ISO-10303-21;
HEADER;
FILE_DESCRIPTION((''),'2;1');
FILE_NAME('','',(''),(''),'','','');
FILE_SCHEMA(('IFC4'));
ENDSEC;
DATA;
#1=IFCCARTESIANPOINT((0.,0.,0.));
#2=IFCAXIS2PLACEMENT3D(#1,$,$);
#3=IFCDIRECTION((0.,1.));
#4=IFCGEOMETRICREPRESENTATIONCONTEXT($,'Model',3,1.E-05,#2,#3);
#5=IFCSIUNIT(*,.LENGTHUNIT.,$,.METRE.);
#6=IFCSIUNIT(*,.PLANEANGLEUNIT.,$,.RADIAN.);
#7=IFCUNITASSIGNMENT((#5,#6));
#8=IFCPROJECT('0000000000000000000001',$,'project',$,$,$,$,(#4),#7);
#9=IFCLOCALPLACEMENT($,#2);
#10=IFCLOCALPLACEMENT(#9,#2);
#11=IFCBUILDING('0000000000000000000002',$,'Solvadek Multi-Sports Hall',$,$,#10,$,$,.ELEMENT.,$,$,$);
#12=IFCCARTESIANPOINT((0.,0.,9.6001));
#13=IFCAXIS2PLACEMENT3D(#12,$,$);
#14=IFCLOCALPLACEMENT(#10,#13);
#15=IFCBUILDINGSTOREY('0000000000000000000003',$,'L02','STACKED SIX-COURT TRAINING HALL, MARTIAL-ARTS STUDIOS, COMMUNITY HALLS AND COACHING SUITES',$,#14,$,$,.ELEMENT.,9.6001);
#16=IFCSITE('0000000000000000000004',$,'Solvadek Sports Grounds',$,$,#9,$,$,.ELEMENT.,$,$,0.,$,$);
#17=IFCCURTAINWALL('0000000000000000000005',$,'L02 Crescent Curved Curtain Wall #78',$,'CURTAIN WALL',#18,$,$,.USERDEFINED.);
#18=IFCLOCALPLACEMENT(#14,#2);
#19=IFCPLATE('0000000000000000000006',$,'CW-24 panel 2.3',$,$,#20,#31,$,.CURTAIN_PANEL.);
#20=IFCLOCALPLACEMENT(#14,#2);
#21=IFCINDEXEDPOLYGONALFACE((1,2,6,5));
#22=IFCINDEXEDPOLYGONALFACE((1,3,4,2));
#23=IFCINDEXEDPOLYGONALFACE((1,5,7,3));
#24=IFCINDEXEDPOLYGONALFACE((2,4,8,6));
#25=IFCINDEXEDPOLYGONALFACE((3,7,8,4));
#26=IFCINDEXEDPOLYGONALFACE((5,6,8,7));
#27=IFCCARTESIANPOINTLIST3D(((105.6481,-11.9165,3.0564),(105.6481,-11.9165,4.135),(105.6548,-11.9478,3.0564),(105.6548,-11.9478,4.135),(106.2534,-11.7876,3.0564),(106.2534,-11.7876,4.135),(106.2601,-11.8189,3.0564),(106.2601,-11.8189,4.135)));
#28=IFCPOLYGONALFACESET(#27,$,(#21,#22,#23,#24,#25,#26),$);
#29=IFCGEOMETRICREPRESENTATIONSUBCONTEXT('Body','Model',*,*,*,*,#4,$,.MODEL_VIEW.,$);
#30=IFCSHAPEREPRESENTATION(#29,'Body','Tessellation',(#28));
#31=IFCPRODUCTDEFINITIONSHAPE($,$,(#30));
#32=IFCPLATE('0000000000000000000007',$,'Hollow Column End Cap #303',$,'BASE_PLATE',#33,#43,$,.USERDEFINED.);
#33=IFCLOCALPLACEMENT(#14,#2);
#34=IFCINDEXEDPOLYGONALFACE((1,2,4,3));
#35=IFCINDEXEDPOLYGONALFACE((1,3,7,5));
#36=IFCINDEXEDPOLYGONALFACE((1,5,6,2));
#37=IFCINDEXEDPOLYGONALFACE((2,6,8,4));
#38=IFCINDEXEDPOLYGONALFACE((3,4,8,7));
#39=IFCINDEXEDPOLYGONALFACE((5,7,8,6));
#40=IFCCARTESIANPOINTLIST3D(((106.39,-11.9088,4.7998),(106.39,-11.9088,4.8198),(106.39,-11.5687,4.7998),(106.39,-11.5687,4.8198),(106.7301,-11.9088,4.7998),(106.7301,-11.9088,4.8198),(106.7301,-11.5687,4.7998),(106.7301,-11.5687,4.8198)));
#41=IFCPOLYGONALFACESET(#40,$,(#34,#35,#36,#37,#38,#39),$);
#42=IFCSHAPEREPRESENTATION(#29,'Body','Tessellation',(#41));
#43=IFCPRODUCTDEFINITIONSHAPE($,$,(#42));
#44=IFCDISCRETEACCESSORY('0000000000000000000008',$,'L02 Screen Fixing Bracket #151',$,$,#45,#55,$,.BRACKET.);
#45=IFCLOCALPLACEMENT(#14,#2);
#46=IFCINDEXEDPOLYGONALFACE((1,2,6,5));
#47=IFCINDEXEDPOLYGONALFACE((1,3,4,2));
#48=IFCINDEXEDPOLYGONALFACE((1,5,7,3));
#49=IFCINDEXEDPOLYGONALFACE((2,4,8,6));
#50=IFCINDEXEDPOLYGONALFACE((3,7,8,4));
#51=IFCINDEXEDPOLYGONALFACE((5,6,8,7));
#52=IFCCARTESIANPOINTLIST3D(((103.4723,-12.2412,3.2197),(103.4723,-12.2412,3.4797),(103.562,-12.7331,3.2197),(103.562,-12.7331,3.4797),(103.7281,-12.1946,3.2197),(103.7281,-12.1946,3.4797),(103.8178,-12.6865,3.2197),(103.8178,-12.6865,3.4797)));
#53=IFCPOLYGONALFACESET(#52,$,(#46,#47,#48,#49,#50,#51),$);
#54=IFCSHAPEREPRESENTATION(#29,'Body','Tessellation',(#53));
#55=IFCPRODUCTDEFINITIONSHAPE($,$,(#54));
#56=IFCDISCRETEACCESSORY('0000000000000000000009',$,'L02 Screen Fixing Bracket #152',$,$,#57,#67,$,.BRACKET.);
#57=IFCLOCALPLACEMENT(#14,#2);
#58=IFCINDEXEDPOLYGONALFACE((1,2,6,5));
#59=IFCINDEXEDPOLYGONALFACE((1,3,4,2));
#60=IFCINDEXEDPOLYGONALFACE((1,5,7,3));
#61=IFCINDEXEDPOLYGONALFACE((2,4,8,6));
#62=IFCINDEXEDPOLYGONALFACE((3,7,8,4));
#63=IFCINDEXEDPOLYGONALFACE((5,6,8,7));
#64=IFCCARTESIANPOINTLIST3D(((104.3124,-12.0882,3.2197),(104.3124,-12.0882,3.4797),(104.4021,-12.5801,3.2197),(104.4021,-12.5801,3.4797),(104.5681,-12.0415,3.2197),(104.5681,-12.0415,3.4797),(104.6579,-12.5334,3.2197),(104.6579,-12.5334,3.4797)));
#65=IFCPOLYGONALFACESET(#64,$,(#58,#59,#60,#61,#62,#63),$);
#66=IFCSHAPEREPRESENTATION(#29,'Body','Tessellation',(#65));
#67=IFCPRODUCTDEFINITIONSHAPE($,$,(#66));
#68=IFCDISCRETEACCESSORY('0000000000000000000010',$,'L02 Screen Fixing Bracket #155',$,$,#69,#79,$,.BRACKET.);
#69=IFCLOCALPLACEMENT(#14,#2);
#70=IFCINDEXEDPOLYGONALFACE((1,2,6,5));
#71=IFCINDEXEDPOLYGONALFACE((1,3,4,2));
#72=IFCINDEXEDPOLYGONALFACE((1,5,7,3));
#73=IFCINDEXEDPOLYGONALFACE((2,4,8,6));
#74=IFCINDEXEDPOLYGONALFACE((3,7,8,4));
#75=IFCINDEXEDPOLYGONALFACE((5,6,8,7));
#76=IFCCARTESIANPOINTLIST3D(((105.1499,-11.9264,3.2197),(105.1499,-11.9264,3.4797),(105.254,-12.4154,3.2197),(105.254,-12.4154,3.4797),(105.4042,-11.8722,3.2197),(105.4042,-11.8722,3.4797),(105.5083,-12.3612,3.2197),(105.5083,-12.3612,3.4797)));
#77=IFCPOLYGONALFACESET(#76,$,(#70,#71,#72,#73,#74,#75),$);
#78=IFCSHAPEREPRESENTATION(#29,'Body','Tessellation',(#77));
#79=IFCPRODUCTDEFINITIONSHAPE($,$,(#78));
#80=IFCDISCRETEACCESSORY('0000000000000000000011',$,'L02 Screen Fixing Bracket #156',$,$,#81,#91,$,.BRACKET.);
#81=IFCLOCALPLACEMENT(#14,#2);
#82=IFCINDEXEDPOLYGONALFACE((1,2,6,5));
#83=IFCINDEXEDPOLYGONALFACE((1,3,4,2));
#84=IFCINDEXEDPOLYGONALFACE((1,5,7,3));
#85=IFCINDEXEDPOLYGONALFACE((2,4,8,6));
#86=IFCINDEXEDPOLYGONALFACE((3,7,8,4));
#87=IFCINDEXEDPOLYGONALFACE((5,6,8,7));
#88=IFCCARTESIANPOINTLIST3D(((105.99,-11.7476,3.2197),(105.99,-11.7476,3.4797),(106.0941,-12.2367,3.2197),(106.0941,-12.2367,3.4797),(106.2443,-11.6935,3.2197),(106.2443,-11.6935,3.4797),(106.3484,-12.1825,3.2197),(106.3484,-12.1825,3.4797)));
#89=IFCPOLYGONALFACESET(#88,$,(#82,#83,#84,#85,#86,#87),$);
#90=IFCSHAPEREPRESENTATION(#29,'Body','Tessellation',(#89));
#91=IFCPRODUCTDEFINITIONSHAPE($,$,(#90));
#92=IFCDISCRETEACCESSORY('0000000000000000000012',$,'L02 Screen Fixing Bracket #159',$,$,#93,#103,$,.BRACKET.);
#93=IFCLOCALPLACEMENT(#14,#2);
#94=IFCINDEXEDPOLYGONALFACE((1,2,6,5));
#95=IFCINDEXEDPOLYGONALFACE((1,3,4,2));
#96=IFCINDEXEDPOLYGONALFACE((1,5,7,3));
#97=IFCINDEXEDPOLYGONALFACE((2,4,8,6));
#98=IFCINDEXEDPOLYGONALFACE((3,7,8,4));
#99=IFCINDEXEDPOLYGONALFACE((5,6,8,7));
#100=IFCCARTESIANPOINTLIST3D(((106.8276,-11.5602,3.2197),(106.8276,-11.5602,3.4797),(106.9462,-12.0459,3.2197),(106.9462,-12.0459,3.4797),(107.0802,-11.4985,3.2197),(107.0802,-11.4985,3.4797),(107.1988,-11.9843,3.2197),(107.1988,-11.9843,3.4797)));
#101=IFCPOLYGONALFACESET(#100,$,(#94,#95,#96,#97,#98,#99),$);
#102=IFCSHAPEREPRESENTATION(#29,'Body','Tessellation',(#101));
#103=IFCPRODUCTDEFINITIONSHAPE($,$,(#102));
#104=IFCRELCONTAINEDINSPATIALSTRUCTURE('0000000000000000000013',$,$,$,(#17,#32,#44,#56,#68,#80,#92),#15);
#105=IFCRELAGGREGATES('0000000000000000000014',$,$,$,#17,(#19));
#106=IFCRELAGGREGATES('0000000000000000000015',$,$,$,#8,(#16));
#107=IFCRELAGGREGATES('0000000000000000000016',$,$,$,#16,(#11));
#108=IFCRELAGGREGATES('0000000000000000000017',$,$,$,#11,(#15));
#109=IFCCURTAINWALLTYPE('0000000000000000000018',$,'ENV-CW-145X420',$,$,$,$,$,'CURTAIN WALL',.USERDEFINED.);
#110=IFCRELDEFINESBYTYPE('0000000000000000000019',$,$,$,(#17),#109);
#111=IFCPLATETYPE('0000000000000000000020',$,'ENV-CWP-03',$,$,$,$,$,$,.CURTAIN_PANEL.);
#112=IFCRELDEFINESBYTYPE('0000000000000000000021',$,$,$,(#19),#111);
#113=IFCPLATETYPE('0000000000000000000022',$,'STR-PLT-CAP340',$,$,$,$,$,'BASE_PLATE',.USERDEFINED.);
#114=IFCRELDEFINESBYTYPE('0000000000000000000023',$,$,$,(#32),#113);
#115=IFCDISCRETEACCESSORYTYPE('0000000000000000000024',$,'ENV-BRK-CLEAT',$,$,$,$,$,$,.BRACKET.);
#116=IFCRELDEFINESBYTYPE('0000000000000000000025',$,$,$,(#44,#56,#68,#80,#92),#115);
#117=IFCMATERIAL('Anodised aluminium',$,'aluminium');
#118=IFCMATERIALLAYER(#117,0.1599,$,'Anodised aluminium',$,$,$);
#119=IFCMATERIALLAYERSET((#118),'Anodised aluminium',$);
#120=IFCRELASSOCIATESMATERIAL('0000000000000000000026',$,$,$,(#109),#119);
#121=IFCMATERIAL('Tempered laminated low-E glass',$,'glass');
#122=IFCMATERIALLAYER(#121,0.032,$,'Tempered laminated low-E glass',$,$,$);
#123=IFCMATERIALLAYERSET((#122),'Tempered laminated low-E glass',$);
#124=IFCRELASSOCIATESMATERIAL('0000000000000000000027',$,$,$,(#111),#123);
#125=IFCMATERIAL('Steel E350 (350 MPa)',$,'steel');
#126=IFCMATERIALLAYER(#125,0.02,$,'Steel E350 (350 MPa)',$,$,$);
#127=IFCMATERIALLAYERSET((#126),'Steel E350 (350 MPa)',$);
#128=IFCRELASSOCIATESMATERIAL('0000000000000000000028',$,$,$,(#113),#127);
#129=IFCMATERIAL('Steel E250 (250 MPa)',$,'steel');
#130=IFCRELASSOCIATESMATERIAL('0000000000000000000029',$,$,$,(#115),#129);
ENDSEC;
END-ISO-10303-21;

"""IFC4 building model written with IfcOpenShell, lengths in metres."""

from ifc_helpers import new_model, si_unit, direction, frame, origin, origin_2d, place, context, subcontext, project, spatial, rectangle, extrude, material, layer, layer_set, type_object, element, aggregate, save


model = new_model("IFC4")

# Units and contexts
model_context = context("Model", 3, precision=1e-05, world=origin(), true_north=direction((0.0, 1.0)))
body_context = subcontext(model_context, "Body", "Model", "MODEL_VIEW")
ifc_project = project(units=[si_unit("LENGTHUNIT", "METRE"), si_unit("PLANEANGLEUNIT", "RADIAN")], contexts=[model_context])

# Site, building, storey
site_placement = place(None, origin())
site = spatial("IfcSite", under=ifc_project, at=site_placement, Name="Solvadek Sports Grounds", CompositionType="ELEMENT", RefElevation=0.0)
building_placement = place(site_placement, origin())
building = spatial("IfcBuilding", under=site, at=building_placement, Name="Solvadek Multi-Sports Hall", CompositionType="ELEMENT")
storey_placement = place(building_placement, frame((0.0, 0.0, 9.6001)))
storey = spatial("IfcBuildingStorey", under=building, at=storey_placement, Name="L02", Description="STACKED SIX-COURT TRAINING HALL, MARTIAL-ARTS STUDIOS, COMMUNITY HALLS AND COACHING SUITES", CompositionType="ELEMENT", Elevation=9.6001)

# Curtain wall
ifc_material_1 = material(Name="Anodised aluminium", Category="aluminium")
ifc_layer_1 = layer(ifc_material_1, 0.1599, Name="Anodised aluminium")
ifc_layer_set_1 = layer_set([ifc_layer_1], Name="Anodised aluminium")
curtain_wall_type_1 = type_object("IfcCurtainWallType", Name="ENV-CW-145X420", ElementType="CURTAIN WALL", PredefinedType="USERDEFINED", material=ifc_layer_set_1)
curtain_wall_1_placement = place(storey_placement, origin())
curtain_wall_1 = element("IfcCurtainWall", 1, at=curtain_wall_1_placement, inside=storey, type_object=curtain_wall_type_1, Name="L02 Crescent Curved Curtain Wall #78", ObjectType="CURTAIN WALL", PredefinedType="USERDEFINED")

# Shared definitions
ifc_material_2 = material(Name="Steel E350 (350 MPa)", Category="steel")

# Shared definitions
ifc_material_3 = material(Name="Tempered laminated low-E glass", Category="glass")

# Plates
ifc_layer_2 = layer(ifc_material_3, 0.032, Name="Tempered laminated low-E glass")
ifc_layer_set_2 = layer_set([ifc_layer_2], Name="Tempered laminated low-E glass")
plate_type_1 = type_object("IfcPlateType", Name="ENV-CWP-03", PredefinedType="CURTAIN_PANEL", material=ifc_layer_set_2)
plate_1_placement = place(storey_placement, frame((105.9541, -11.8677, 3.0564), z_axis=(0.0, 0.0, 1.0), x_axis=(0.978075, 0.208255, 0.0)))
plate_1 = element("IfcPlate", 2, at=plate_1_placement, type_object=plate_type_1, Name="CW-24 panel 2.3", PredefinedType="CURTAIN_PANEL", context=body_context, shape_type="SweptSolid", body=[
    extrude(rectangle(XDim=0.6189, YDim=0.032, at=origin_2d()), origin(), (0.0, 0.0, 1.0), 1.0786),
])
aggregate(curtain_wall_1, [plate_1])
ifc_layer_3 = layer(ifc_material_2, 0.02, Name="Steel E350 (350 MPa)")
ifc_layer_set_3 = layer_set([ifc_layer_3], Name="Steel E350 (350 MPa)")
plate_type_2 = type_object("IfcPlateType", Name="STR-PLT-CAP340", ElementType="BASE_PLATE", PredefinedType="USERDEFINED", material=ifc_layer_set_3)
plate_2_placement = place(storey_placement, frame((106.5601, -11.7388, 4.7998), z_axis=(0.0, 0.0, 1.0), x_axis=(1.0, 0.0, 0.0)))
element("IfcPlate", 3, at=plate_2_placement, inside=storey, type_object=plate_type_2, Name="Hollow Column End Cap #303", ObjectType="BASE_PLATE", PredefinedType="USERDEFINED", context=body_context, shape_type="SweptSolid", body=[
    extrude(rectangle(XDim=0.3401, YDim=0.3401, at=origin_2d()), origin(), (0.0, 0.0, 1.0), 0.02),
])

# Discrete accessories
ifc_material_4 = material(Name="Steel E250 (250 MPa)", Category="steel")
discrete_accessory_type = type_object("IfcDiscreteAccessoryType", Name="ENV-BRK-CLEAT", PredefinedType="BRACKET", material=ifc_material_4)
for number, where, z_axis, x_axis, name in (
    (4, (103.645, -12.4639, 3.2197), (0.0, 0.0, 1.0), (0.983772, 0.179421, 0.0), "L02 Screen Fixing Bracket #151"),
    (5, (104.4851, -12.3108, 3.2197), (0.0, 0.0, 1.0), (0.983772, 0.179421, 0.0), "L02 Screen Fixing Bracket #152"),
    (6, (105.3291, -12.1438, 3.2197), (0.0, 0.0, 1.0), (0.978076, 0.208249, 0.0), "L02 Screen Fixing Bracket #155"),
    (7, (106.1692, -11.9651, 3.2197), (0.0, 0.0, 1.0), (0.978076, 0.208249, 0.0), "L02 Screen Fixing Bracket #156"),
    (8, (107.0132, -11.7722, 3.2197), (0.0, 0.0, 1.0), (0.971475, 0.237144, 0.0), "L02 Screen Fixing Bracket #159"),
):
    element("IfcDiscreteAccessory", number, at=place(storey_placement, frame(where, z_axis=z_axis, x_axis=x_axis)), inside=storey, type_object=discrete_accessory_type, Name=name, PredefinedType="BRACKET", context=body_context, shape_type="SweptSolid", body=[
        extrude(rectangle(XDim=0.26, YDim=0.5, at=origin_2d()), origin(), (0.0, 0.0, 1.0), 0.26),
    ])

save(model, "model.ifc")
